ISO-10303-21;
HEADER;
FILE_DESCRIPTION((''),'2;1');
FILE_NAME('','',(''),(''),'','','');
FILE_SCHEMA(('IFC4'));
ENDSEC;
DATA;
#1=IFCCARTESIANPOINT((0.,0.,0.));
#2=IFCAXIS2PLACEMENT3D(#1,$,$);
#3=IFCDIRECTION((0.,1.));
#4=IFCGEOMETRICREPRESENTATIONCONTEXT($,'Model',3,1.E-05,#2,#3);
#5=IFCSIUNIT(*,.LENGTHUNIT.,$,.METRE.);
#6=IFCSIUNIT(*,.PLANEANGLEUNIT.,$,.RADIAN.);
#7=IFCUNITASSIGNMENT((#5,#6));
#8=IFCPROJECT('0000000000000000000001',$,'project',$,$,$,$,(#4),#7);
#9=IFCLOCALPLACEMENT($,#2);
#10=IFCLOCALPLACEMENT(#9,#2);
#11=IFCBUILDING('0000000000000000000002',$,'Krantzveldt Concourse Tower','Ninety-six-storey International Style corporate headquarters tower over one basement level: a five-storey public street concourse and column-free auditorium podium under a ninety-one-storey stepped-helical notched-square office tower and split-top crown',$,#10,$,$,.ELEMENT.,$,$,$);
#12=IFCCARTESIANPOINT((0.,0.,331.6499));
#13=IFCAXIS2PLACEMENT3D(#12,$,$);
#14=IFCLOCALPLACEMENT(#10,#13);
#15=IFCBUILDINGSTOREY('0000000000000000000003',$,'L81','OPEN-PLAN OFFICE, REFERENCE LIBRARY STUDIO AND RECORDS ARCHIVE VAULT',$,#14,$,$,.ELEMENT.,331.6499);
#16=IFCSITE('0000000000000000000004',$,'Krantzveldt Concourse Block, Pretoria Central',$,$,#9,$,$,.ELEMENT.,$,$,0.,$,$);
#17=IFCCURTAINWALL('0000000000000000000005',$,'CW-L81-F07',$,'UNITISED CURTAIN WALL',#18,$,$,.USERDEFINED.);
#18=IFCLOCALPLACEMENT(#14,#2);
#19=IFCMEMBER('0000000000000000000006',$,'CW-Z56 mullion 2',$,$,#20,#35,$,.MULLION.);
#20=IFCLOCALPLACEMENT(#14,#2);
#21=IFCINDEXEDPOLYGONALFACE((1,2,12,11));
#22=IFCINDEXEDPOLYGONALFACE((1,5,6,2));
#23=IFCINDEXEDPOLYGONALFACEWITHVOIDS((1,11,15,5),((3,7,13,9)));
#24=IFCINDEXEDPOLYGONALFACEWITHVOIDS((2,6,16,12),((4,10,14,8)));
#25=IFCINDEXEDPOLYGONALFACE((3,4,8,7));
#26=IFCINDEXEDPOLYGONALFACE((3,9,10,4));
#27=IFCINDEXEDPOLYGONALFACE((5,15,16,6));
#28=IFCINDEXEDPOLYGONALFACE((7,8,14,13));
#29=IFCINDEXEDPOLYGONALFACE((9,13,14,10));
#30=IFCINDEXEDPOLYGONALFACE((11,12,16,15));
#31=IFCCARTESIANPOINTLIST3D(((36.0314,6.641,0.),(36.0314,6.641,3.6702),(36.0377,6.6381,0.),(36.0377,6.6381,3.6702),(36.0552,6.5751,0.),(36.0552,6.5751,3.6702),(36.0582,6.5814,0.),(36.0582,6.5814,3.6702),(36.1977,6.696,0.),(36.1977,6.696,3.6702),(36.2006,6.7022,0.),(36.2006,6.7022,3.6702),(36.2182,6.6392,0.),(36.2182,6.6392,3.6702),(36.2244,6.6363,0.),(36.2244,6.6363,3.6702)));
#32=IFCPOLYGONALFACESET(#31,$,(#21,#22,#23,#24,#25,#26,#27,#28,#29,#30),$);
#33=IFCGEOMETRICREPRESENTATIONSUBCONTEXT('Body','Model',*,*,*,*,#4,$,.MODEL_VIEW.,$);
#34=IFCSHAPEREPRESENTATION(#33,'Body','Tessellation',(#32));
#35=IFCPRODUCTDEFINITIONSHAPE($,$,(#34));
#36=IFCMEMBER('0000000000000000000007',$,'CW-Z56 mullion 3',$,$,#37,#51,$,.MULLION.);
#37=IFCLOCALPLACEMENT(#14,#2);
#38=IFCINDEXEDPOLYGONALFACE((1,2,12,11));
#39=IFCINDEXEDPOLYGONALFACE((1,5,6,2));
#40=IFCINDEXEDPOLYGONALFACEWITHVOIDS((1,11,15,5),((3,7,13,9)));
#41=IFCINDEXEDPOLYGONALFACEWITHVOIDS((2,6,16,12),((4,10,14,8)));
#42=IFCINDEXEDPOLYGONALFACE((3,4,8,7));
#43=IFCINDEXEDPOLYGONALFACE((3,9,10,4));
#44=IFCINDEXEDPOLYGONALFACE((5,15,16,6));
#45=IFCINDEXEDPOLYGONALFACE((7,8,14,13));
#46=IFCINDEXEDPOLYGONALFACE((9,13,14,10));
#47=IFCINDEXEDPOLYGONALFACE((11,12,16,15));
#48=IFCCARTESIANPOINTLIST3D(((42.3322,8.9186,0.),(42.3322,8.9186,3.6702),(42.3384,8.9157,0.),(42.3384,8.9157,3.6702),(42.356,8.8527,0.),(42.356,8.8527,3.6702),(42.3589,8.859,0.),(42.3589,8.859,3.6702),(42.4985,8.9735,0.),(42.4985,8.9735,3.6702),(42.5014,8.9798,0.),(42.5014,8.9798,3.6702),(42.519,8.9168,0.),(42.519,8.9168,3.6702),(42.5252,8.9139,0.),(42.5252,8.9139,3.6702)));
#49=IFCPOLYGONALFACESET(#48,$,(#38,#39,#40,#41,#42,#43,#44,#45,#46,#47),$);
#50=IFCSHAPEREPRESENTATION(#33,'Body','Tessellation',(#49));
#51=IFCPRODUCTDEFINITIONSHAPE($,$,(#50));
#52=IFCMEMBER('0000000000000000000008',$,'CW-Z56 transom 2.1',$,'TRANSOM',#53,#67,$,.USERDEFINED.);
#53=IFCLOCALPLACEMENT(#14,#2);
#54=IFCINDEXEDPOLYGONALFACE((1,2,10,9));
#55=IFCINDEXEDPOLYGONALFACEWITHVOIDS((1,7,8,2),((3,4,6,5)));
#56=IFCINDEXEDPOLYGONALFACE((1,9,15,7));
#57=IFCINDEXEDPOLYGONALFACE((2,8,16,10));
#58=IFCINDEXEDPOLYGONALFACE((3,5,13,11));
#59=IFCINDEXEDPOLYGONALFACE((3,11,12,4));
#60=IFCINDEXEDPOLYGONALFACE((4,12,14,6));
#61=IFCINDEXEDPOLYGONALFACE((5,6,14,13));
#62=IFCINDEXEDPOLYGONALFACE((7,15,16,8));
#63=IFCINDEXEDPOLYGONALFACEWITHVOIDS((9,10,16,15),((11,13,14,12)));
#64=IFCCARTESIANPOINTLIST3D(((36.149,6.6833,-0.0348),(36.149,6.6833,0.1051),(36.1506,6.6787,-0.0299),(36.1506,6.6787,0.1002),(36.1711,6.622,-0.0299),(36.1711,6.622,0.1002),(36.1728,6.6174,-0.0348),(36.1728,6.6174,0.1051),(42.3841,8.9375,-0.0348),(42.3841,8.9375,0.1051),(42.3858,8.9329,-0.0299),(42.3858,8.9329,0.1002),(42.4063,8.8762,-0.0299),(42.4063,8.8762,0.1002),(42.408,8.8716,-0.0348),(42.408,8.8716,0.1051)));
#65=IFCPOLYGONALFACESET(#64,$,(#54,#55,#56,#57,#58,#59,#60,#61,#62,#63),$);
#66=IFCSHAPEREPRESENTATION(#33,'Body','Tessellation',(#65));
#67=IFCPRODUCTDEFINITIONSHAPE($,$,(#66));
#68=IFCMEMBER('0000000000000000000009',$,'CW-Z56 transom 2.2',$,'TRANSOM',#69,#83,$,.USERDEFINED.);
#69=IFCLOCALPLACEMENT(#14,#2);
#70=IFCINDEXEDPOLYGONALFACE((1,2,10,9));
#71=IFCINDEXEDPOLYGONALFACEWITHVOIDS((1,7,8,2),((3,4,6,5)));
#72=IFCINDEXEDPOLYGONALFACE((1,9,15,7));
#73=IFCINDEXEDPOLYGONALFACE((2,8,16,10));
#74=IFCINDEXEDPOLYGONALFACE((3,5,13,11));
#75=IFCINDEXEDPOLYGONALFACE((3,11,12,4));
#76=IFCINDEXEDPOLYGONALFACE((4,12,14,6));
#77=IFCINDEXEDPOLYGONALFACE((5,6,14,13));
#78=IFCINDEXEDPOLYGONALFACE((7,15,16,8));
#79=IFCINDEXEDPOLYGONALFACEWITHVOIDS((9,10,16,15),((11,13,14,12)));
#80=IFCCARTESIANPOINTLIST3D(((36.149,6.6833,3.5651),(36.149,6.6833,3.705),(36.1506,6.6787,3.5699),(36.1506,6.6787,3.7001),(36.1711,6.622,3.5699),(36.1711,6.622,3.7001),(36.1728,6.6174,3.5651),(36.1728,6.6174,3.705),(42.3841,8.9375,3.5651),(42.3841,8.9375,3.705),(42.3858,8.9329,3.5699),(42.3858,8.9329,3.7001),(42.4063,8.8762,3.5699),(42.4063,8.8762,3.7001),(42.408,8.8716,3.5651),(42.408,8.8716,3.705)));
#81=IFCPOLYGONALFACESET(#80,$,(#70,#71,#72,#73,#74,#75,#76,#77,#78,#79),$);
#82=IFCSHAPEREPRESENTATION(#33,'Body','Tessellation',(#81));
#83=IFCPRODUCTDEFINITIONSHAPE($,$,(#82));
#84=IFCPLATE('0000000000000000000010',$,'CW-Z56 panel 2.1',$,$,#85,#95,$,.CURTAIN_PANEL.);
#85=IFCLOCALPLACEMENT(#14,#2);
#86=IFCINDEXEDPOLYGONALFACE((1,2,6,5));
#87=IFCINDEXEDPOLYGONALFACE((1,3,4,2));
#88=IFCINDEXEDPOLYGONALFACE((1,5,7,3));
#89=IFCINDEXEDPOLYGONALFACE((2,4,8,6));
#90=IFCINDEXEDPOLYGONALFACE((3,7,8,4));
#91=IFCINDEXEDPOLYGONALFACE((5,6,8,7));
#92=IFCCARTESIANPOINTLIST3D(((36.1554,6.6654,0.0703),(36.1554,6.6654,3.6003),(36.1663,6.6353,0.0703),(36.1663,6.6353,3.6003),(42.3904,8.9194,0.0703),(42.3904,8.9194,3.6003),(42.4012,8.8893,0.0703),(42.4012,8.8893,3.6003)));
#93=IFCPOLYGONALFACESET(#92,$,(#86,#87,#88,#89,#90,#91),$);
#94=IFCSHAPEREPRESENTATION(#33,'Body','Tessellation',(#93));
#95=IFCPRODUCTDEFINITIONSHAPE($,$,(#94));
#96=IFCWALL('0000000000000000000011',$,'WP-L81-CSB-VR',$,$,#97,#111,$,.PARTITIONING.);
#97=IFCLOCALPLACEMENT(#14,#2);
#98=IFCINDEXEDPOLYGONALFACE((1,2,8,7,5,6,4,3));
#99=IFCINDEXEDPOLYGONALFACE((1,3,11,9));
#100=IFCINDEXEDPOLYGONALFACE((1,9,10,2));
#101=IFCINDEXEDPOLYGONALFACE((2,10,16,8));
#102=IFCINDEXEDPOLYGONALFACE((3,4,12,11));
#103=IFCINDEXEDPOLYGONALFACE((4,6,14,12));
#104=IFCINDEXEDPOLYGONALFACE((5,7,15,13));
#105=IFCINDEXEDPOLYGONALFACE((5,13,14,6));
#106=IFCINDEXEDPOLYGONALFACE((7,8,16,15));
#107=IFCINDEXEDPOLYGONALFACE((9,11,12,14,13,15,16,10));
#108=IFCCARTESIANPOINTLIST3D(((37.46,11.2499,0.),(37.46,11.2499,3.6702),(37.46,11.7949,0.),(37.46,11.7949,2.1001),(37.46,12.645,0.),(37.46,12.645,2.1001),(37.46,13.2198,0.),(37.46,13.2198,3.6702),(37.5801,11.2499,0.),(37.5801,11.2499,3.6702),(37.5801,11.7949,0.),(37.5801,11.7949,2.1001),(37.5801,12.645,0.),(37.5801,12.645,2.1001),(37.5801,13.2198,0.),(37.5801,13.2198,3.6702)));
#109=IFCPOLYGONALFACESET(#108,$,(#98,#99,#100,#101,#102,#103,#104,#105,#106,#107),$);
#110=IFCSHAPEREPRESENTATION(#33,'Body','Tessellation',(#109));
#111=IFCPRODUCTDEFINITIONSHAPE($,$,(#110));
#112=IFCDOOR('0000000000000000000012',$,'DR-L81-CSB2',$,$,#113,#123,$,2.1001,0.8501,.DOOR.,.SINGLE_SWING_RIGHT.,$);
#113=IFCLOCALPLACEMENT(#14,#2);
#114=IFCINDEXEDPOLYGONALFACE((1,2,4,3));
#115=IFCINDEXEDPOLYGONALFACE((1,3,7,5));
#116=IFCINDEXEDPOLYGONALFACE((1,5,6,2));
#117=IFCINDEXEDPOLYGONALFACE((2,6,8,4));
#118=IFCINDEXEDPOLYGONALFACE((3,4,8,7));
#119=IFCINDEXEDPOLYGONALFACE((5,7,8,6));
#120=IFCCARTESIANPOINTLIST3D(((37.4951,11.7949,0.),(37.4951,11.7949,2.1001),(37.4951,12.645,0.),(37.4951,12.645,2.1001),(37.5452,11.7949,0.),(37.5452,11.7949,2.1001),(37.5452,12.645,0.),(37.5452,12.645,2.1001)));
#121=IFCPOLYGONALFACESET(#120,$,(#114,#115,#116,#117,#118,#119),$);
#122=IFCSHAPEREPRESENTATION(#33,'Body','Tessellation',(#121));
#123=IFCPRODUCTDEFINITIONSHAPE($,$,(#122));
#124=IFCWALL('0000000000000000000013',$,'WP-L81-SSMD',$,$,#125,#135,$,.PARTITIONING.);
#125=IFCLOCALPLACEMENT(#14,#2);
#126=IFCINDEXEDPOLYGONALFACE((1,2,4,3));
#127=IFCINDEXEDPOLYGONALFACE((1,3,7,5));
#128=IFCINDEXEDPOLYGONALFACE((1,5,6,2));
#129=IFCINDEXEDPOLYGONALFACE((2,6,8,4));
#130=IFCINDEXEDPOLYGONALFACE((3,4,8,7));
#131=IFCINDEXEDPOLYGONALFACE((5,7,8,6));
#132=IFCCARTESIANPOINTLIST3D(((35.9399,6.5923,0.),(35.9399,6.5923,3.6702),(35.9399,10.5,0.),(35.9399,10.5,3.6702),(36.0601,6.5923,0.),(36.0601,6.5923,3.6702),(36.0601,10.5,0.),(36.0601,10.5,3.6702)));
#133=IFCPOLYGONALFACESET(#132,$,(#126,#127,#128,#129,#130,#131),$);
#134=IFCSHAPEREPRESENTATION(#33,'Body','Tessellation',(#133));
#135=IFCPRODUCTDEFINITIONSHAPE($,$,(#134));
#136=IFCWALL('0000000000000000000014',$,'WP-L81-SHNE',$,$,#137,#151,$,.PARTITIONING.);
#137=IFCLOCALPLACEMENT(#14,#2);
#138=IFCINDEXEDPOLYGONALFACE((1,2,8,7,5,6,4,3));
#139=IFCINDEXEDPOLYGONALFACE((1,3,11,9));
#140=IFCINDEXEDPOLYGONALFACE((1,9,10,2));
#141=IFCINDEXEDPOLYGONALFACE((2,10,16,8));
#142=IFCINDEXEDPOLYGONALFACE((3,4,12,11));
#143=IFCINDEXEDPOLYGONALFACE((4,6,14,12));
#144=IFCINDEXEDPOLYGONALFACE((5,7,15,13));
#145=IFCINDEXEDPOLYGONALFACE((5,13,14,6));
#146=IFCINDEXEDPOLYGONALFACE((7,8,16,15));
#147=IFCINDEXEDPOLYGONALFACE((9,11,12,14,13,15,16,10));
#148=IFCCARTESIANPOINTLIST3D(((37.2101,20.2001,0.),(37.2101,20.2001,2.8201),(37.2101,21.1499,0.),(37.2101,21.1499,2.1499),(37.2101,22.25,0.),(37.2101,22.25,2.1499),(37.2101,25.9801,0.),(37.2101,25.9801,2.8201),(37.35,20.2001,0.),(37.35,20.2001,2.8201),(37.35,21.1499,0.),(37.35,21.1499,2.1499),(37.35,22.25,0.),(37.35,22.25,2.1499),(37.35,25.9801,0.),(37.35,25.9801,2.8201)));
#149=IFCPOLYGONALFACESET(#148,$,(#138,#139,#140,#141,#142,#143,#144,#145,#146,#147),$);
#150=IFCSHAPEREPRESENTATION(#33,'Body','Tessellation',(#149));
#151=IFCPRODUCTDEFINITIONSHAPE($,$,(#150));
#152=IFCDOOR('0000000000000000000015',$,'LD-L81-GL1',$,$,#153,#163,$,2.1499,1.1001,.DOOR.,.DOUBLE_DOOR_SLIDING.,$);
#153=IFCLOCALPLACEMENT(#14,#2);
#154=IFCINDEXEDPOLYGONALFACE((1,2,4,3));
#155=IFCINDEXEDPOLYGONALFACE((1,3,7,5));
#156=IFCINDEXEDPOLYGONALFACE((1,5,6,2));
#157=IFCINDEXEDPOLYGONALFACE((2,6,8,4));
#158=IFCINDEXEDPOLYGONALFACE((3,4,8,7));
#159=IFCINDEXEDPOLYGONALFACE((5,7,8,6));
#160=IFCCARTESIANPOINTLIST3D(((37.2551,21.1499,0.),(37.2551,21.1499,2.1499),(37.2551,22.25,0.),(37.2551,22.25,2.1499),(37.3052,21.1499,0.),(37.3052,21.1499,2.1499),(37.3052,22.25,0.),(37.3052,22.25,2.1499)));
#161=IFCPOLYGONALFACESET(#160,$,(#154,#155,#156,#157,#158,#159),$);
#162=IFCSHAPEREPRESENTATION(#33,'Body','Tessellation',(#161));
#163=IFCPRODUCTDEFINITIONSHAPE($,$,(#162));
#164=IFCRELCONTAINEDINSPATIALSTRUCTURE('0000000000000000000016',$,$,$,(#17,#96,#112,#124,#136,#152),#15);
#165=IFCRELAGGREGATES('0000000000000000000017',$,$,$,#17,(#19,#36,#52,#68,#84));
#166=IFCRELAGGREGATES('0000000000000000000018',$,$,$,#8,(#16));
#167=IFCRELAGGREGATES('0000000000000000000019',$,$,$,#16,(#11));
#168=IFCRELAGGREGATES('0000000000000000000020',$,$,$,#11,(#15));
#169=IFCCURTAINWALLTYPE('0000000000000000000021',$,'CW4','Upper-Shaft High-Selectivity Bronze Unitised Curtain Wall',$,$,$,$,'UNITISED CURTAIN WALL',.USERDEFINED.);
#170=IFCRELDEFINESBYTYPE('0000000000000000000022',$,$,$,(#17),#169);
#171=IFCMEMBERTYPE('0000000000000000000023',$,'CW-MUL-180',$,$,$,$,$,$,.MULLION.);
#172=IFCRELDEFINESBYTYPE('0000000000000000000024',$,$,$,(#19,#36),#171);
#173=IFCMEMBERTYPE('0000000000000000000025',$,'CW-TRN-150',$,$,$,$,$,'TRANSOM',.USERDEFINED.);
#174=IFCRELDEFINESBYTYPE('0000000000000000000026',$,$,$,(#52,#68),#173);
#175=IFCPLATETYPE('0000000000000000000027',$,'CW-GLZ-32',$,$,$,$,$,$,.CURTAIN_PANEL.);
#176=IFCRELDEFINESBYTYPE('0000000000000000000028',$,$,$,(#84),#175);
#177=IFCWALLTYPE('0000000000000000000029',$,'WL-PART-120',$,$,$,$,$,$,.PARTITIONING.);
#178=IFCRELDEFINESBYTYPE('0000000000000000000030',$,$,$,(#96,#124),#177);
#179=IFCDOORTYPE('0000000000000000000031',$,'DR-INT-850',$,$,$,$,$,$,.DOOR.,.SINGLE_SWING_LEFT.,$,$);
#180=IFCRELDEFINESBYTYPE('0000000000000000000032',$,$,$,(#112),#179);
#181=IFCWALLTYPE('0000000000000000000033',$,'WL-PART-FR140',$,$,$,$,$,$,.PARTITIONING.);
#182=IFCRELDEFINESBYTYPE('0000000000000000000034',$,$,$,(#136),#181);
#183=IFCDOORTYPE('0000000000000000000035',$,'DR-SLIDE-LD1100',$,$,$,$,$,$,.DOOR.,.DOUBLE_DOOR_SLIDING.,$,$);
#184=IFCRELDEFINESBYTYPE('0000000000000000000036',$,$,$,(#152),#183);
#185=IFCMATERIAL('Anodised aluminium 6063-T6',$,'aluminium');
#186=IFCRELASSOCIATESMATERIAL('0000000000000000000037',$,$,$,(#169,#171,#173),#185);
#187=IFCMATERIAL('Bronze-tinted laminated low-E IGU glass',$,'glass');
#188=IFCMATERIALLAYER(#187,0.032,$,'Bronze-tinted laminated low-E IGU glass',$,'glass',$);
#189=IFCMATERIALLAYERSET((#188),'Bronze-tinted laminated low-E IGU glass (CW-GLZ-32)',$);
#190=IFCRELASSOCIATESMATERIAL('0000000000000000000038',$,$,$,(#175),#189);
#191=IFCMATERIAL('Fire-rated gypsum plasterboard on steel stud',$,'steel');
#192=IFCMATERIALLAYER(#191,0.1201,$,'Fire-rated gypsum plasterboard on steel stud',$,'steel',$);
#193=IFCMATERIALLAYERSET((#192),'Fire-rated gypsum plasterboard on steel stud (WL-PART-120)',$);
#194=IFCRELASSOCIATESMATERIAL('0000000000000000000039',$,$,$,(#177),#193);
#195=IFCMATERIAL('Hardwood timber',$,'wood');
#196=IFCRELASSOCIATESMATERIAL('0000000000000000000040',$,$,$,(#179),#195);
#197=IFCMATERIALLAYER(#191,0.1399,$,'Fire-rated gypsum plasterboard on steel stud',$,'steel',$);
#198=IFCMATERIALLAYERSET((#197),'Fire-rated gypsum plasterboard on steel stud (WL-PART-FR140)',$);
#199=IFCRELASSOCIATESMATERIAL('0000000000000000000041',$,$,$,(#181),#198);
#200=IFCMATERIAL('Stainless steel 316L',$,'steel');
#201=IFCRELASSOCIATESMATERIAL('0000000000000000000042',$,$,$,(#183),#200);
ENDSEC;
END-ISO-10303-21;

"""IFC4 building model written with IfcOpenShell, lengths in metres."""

from ifc_helpers import new_model, si_unit, direction, frame, frame_2d, origin, origin_2d, place, context, subcontext, project, spatial, rectangle, hollow_rectangle, extrude, source, transform, mapped, material, layer, layer_set, material_profile, profile_set, type_object, type_shapes, element, fill, aggregate, save


model = new_model("IFC4")

# Units and contexts
model_context = context("Model", 3, precision=1e-05, world=origin(), true_north=direction((0.0, 1.0)))
body_context = subcontext(model_context, "Body", "Model", "MODEL_VIEW")
ifc_project = project(units=[si_unit("LENGTHUNIT", "METRE"), si_unit("PLANEANGLEUNIT", "RADIAN")], contexts=[model_context])

# Site, building, storey
site_placement = place(None, origin())
site = spatial("IfcSite", under=ifc_project, at=site_placement, Name="Krantzveldt Concourse Block, Pretoria Central", CompositionType="ELEMENT", RefElevation=0.0)
building_placement = place(site_placement, origin())
building = spatial("IfcBuilding", under=site, at=building_placement, Name="Krantzveldt Concourse Tower", Description="Ninety-six-storey International Style corporate headquarters tower over one basement level: a five-storey public street concourse and column-free auditorium podium under a ninety-one-storey stepped-helical notched-square office tower and split-top crown", CompositionType="ELEMENT")
storey_placement = place(building_placement, frame((0.0, 0.0, 331.6499)))
storey = spatial("IfcBuildingStorey", under=building, at=storey_placement, Name="L81", Description="OPEN-PLAN OFFICE, REFERENCE LIBRARY STUDIO AND RECORDS ARCHIVE VAULT", CompositionType="ELEMENT", Elevation=331.6499)

# Curtain wall, members, plate
ifc_material_1 = material(Name="Anodised aluminium 6063-T6", Category="aluminium")
curtain_wall_type = type_object("IfcCurtainWallType", Name="CW4", Description="Upper-Shaft High-Selectivity Bronze Unitised Curtain Wall", ElementType="UNITISED CURTAIN WALL", PredefinedType="USERDEFINED", material=ifc_material_1)
curtain_wall_placement = place(storey_placement, origin())
curtain_wall = element("IfcCurtainWall", 1, at=curtain_wall_placement, inside=storey, type_object=curtain_wall_type, Name="CW-L81-F07", ObjectType="UNITISED CURTAIN WALL", PredefinedType="USERDEFINED")
ifc_material_profile_1 = material_profile(ifc_material_1, hollow_rectangle(XDim=0.0701, YDim=0.1799, WallThickness=0.0049, at=origin_2d()), Name="Anodised aluminium 6063-T6", Category="aluminium")
ifc_profile_set_1 = profile_set([ifc_material_profile_1], Name="Anodised aluminium 6063-T6 - ALU-MULL 180x70x5")
member_type_1 = type_object("IfcMemberType", Name="CW-MUL-180", PredefinedType="MULLION", material=ifc_profile_set_1)
shared_shape_1 = source(origin(), body_context, "Body", "SweptSolid", [
    extrude(hollow_rectangle(XDim=0.0701, YDim=0.1799, WallThickness=0.0049, at=origin_2d()), origin(), (0.0, 0.0, 1.0), 3.6702),
])
type_shapes(member_type_1, [shared_shape_1])
member_1_placement = place(storey_placement, frame((36.1279, 6.6387, 0.0), z_axis=(0.0, 0.0, 1.0), x_axis=(-0.339969, 0.940437, 0.0)))
member_1 = element("IfcMember", 2, at=member_1_placement, type_object=member_type_1, Name="CW-Z56 mullion 2", PredefinedType="MULLION", context=body_context, shape_type="MappedRepresentation", body=[
    mapped(shared_shape_1, transform((0.0, 0.0, 0.0), x_axis=(1.0, 0.0, 0.0), y_axis=(0.0, 1.0, 0.0), z_axis=(0.0, 0.0, 1.0), scale=1.0)),
])
member_2_placement = place(storey_placement, frame((42.4287, 8.9163, 0.0), z_axis=(0.0, 0.0, 1.0), x_axis=(-0.339969, 0.940437, 0.0)))
member_2 = element("IfcMember", 3, at=member_2_placement, type_object=member_type_1, Name="CW-Z56 mullion 3", PredefinedType="MULLION", context=body_context, shape_type="MappedRepresentation", body=[
    mapped(shared_shape_1, transform((0.0, 0.0, 0.0), x_axis=(1.0, 0.0, 0.0), y_axis=(0.0, 1.0, 0.0), z_axis=(0.0, 0.0, 1.0), scale=1.0)),
])
ifc_material_profile_2 = material_profile(ifc_material_1, hollow_rectangle(XDim=0.0701, YDim=0.1399, WallThickness=0.0049, at=origin_2d()), Name="Anodised aluminium 6063-T6", Category="aluminium")
ifc_profile_set_2 = profile_set([ifc_material_profile_2], Name="Anodised aluminium 6063-T6 - ALU-TRAN 140x70x5")
member_type_2 = type_object("IfcMemberType", Name="CW-TRN-150", ElementType="TRANSOM", PredefinedType="USERDEFINED", material=ifc_profile_set_2)
shared_shape_2 = source(origin(), body_context, "Body", "SweptSolid", [
    extrude(hollow_rectangle(XDim=0.0701, YDim=0.1399, WallThickness=0.0049, at=origin_2d()), origin(), (0.0, 0.0, 1.0), 6.6301),
])
type_shapes(member_type_2, [shared_shape_2])
member_3_placement = place(storey_placement, frame((36.1609, 6.6504, 0.0352), z_axis=(0.940429, 0.339989, 0.0), x_axis=(-0.339989, 0.940429, 0.0)))
member_3 = element("IfcMember", 4, at=member_3_placement, type_object=member_type_2, Name="CW-Z56 transom 2.1", ObjectType="TRANSOM", PredefinedType="USERDEFINED", context=body_context, shape_type="MappedRepresentation", body=[
    mapped(shared_shape_2, transform((0.0, 0.0, 0.0), x_axis=(1.0, 0.0, 0.0), y_axis=(0.0, 1.0, 0.0), z_axis=(0.0, 0.0, 1.0), scale=1.0)),
])
member_4_placement = place(storey_placement, frame((36.1609, 6.6504, 3.635), z_axis=(0.940429, 0.339989, 0.0), x_axis=(-0.339989, 0.940429, 0.0)))
member_4 = element("IfcMember", 5, at=member_4_placement, type_object=member_type_2, Name="CW-Z56 transom 2.2", ObjectType="TRANSOM", PredefinedType="USERDEFINED", context=body_context, shape_type="MappedRepresentation", body=[
    mapped(shared_shape_2, transform((0.0, 0.0, 0.0), x_axis=(1.0, 0.0, 0.0), y_axis=(0.0, 1.0, 0.0), z_axis=(0.0, 0.0, 1.0), scale=1.0)),
])
ifc_material_2 = material(Name="Bronze-tinted laminated low-E IGU glass", Category="glass")
ifc_layer_1 = layer(ifc_material_2, 0.032, Name="Bronze-tinted laminated low-E IGU glass", Category="glass")
ifc_layer_set_1 = layer_set([ifc_layer_1], Name="Bronze-tinted laminated low-E IGU glass (CW-GLZ-32)")
plate_type = type_object("IfcPlateType", Name="CW-GLZ-32", PredefinedType="CURTAIN_PANEL", material=ifc_layer_set_1)
shared_shape_3 = source(origin(), body_context, "Body", "SweptSolid", [
    extrude(rectangle(XDim=6.6299, YDim=0.032, at=origin_2d()), origin(), (0.0, 0.0, 1.0), 3.53),
])
type_shapes(plate_type, [shared_shape_3])
plate_placement = place(storey_placement, frame((39.2783, 7.7773, 0.0703), z_axis=(0.0, 0.0, 1.0), x_axis=(0.940437, 0.339969, 0.0)))
plate = element("IfcPlate", 6, at=plate_placement, type_object=plate_type, Name="CW-Z56 panel 2.1", PredefinedType="CURTAIN_PANEL", context=body_context, shape_type="MappedRepresentation", body=[
    mapped(shared_shape_3, transform((0.0, 0.0, 0.0), x_axis=(1.0, 0.0, 0.0), y_axis=(0.0, 1.0, 0.0), z_axis=(0.0, 0.0, 1.0), scale=1.0)),
])
aggregate(curtain_wall, [member_1, member_2, member_3, member_4, plate])

# Wall, opening, door
ifc_material_3 = material(Name="Fire-rated gypsum plasterboard on steel stud", Category="steel")
ifc_layer_2 = layer(ifc_material_3, 0.1201, Name="Fire-rated gypsum plasterboard on steel stud", Category="steel")
ifc_layer_set_2 = layer_set([ifc_layer_2], Name="Fire-rated gypsum plasterboard on steel stud (WL-PART-120)")
wall_type_1 = type_object("IfcWallType", Name="WL-PART-120", PredefinedType="PARTITIONING", material=ifc_layer_set_2)
wall_1_placement = place(storey_placement, frame((37.52, 11.25, 0.0), z_axis=(0.0, 0.0, 1.0), x_axis=(0.0, 1.0, 0.0)))
wall_1 = element("IfcWall", 7, at=wall_1_placement, inside=storey, type_object=wall_type_1, Name="WP-L81-CSB-VR", PredefinedType="PARTITIONING", context=body_context, shape_type="SweptSolid", body=[
    extrude(rectangle(XDim=1.97, YDim=0.1201, at=frame_2d((0.9849, 0.0))), origin(), (0.0, 0.0, 1.0), 3.6702),
])
opening_1_placement = place(wall_1_placement, frame((0.5449, 0.0, 0.0)))
opening_1 = element("IfcOpeningElement", 8, at=opening_1_placement, cuts=wall_1, PredefinedType="OPENING", context=body_context, shape_type="SweptSolid", body=[
    extrude(rectangle(XDim=0.8501, YDim=2.1001, at=frame_2d((0.425, 1.05))), frame((0.0, 0.0701, 0.0), z_axis=(0.0, -1.0, 0.0), x_axis=(1.0, 0.0, 0.0)), (0.0, 0.0, 1.0), 0.1401),
])
ifc_material_4 = material(Name="Hardwood timber", Category="wood")
door_type_1 = type_object("IfcDoorType", Name="DR-INT-850", OperationType="SINGLE_SWING_LEFT", PredefinedType="DOOR", material=ifc_material_4)
door_1_placement = place(opening_1_placement, origin())
door_1 = element("IfcDoor", 9, at=door_1_placement, inside=storey, type_object=door_type_1, Name="DR-L81-CSB2", OperationType="SINGLE_SWING_RIGHT", OverallHeight=2.1001, OverallWidth=0.8501, PredefinedType="DOOR", context=body_context, shape_type="SweptSolid", body=[
    extrude(rectangle(XDim=0.8501, YDim=2.1001, at=frame_2d((0.425, 1.05))), frame((0.0, 0.0249, 0.0), z_axis=(0.0, -1.0, 0.0), x_axis=(1.0, 0.0, 0.0)), (0.0, 0.0, 1.0), 0.05),
])
fill(opening_1, door_1)

# Wall
wall_2_placement = place(storey_placement, frame((36.0, 6.5923, 0.0), z_axis=(0.0, 0.0, 1.0), x_axis=(0.0, 1.0, 0.0)))
element("IfcWall", 10, at=wall_2_placement, inside=storey, type_object=wall_type_1, Name="WP-L81-SSMD", PredefinedType="PARTITIONING", context=body_context, shape_type="SweptSolid", body=[
    extrude(rectangle(XDim=3.9077, YDim=0.1201, at=frame_2d((1.9539, 0.0))), origin(), (0.0, 0.0, 1.0), 3.6702),
])

# Wall, opening, door
ifc_layer_3 = layer(ifc_material_3, 0.1399, Name="Fire-rated gypsum plasterboard on steel stud", Category="steel")
ifc_layer_set_3 = layer_set([ifc_layer_3], Name="Fire-rated gypsum plasterboard on steel stud (WL-PART-FR140)")
wall_type_2 = type_object("IfcWallType", Name="WL-PART-FR140", PredefinedType="PARTITIONING", material=ifc_layer_set_3)
wall_3_placement = place(storey_placement, frame((37.28, 20.2, 0.0), z_axis=(0.0, 0.0, 1.0), x_axis=(0.0, 1.0, 0.0)))
wall_3 = element("IfcWall", 11, at=wall_3_placement, inside=storey, type_object=wall_type_2, Name="WP-L81-SHNE", PredefinedType="PARTITIONING", context=body_context, shape_type="SweptSolid", body=[
    extrude(rectangle(XDim=5.78, YDim=0.1399, at=frame_2d((2.8901, 0.0))), origin(), (0.0, 0.0, 1.0), 2.8201),
])
opening_2_placement = place(wall_3_placement, frame((0.95, 0.0, 0.0)))
opening_2 = element("IfcOpeningElement", 12, at=opening_2_placement, cuts=wall_3, PredefinedType="OPENING", context=body_context, shape_type="SweptSolid", body=[
    extrude(rectangle(XDim=1.1001, YDim=2.1499, at=frame_2d((0.55, 1.075))), frame((0.0, 0.0801, 0.0), z_axis=(0.0, -1.0, 0.0), x_axis=(1.0, 0.0, 0.0)), (0.0, 0.0, 1.0), 0.1599),
])
ifc_material_5 = material(Name="Stainless steel 316L", Category="steel")
door_type_2 = type_object("IfcDoorType", Name="DR-SLIDE-LD1100", OperationType="DOUBLE_DOOR_SLIDING", PredefinedType="DOOR", material=ifc_material_5)
door_2_placement = place(opening_2_placement, origin())
door_2 = element("IfcDoor", 13, at=door_2_placement, inside=storey, type_object=door_type_2, Name="LD-L81-GL1", OperationType="DOUBLE_DOOR_SLIDING", OverallHeight=2.1499, OverallWidth=1.1001, PredefinedType="DOOR", context=body_context, shape_type="SweptSolid", body=[
    extrude(rectangle(XDim=1.1001, YDim=2.1499, at=frame_2d((0.55, 1.075))), frame((0.0, 0.0249, 0.0), z_axis=(0.0, -1.0, 0.0), x_axis=(1.0, 0.0, 0.0)), (0.0, 0.0, 1.0), 0.05),
])
fill(opening_2, door_2)

save(model, "model.ifc")
